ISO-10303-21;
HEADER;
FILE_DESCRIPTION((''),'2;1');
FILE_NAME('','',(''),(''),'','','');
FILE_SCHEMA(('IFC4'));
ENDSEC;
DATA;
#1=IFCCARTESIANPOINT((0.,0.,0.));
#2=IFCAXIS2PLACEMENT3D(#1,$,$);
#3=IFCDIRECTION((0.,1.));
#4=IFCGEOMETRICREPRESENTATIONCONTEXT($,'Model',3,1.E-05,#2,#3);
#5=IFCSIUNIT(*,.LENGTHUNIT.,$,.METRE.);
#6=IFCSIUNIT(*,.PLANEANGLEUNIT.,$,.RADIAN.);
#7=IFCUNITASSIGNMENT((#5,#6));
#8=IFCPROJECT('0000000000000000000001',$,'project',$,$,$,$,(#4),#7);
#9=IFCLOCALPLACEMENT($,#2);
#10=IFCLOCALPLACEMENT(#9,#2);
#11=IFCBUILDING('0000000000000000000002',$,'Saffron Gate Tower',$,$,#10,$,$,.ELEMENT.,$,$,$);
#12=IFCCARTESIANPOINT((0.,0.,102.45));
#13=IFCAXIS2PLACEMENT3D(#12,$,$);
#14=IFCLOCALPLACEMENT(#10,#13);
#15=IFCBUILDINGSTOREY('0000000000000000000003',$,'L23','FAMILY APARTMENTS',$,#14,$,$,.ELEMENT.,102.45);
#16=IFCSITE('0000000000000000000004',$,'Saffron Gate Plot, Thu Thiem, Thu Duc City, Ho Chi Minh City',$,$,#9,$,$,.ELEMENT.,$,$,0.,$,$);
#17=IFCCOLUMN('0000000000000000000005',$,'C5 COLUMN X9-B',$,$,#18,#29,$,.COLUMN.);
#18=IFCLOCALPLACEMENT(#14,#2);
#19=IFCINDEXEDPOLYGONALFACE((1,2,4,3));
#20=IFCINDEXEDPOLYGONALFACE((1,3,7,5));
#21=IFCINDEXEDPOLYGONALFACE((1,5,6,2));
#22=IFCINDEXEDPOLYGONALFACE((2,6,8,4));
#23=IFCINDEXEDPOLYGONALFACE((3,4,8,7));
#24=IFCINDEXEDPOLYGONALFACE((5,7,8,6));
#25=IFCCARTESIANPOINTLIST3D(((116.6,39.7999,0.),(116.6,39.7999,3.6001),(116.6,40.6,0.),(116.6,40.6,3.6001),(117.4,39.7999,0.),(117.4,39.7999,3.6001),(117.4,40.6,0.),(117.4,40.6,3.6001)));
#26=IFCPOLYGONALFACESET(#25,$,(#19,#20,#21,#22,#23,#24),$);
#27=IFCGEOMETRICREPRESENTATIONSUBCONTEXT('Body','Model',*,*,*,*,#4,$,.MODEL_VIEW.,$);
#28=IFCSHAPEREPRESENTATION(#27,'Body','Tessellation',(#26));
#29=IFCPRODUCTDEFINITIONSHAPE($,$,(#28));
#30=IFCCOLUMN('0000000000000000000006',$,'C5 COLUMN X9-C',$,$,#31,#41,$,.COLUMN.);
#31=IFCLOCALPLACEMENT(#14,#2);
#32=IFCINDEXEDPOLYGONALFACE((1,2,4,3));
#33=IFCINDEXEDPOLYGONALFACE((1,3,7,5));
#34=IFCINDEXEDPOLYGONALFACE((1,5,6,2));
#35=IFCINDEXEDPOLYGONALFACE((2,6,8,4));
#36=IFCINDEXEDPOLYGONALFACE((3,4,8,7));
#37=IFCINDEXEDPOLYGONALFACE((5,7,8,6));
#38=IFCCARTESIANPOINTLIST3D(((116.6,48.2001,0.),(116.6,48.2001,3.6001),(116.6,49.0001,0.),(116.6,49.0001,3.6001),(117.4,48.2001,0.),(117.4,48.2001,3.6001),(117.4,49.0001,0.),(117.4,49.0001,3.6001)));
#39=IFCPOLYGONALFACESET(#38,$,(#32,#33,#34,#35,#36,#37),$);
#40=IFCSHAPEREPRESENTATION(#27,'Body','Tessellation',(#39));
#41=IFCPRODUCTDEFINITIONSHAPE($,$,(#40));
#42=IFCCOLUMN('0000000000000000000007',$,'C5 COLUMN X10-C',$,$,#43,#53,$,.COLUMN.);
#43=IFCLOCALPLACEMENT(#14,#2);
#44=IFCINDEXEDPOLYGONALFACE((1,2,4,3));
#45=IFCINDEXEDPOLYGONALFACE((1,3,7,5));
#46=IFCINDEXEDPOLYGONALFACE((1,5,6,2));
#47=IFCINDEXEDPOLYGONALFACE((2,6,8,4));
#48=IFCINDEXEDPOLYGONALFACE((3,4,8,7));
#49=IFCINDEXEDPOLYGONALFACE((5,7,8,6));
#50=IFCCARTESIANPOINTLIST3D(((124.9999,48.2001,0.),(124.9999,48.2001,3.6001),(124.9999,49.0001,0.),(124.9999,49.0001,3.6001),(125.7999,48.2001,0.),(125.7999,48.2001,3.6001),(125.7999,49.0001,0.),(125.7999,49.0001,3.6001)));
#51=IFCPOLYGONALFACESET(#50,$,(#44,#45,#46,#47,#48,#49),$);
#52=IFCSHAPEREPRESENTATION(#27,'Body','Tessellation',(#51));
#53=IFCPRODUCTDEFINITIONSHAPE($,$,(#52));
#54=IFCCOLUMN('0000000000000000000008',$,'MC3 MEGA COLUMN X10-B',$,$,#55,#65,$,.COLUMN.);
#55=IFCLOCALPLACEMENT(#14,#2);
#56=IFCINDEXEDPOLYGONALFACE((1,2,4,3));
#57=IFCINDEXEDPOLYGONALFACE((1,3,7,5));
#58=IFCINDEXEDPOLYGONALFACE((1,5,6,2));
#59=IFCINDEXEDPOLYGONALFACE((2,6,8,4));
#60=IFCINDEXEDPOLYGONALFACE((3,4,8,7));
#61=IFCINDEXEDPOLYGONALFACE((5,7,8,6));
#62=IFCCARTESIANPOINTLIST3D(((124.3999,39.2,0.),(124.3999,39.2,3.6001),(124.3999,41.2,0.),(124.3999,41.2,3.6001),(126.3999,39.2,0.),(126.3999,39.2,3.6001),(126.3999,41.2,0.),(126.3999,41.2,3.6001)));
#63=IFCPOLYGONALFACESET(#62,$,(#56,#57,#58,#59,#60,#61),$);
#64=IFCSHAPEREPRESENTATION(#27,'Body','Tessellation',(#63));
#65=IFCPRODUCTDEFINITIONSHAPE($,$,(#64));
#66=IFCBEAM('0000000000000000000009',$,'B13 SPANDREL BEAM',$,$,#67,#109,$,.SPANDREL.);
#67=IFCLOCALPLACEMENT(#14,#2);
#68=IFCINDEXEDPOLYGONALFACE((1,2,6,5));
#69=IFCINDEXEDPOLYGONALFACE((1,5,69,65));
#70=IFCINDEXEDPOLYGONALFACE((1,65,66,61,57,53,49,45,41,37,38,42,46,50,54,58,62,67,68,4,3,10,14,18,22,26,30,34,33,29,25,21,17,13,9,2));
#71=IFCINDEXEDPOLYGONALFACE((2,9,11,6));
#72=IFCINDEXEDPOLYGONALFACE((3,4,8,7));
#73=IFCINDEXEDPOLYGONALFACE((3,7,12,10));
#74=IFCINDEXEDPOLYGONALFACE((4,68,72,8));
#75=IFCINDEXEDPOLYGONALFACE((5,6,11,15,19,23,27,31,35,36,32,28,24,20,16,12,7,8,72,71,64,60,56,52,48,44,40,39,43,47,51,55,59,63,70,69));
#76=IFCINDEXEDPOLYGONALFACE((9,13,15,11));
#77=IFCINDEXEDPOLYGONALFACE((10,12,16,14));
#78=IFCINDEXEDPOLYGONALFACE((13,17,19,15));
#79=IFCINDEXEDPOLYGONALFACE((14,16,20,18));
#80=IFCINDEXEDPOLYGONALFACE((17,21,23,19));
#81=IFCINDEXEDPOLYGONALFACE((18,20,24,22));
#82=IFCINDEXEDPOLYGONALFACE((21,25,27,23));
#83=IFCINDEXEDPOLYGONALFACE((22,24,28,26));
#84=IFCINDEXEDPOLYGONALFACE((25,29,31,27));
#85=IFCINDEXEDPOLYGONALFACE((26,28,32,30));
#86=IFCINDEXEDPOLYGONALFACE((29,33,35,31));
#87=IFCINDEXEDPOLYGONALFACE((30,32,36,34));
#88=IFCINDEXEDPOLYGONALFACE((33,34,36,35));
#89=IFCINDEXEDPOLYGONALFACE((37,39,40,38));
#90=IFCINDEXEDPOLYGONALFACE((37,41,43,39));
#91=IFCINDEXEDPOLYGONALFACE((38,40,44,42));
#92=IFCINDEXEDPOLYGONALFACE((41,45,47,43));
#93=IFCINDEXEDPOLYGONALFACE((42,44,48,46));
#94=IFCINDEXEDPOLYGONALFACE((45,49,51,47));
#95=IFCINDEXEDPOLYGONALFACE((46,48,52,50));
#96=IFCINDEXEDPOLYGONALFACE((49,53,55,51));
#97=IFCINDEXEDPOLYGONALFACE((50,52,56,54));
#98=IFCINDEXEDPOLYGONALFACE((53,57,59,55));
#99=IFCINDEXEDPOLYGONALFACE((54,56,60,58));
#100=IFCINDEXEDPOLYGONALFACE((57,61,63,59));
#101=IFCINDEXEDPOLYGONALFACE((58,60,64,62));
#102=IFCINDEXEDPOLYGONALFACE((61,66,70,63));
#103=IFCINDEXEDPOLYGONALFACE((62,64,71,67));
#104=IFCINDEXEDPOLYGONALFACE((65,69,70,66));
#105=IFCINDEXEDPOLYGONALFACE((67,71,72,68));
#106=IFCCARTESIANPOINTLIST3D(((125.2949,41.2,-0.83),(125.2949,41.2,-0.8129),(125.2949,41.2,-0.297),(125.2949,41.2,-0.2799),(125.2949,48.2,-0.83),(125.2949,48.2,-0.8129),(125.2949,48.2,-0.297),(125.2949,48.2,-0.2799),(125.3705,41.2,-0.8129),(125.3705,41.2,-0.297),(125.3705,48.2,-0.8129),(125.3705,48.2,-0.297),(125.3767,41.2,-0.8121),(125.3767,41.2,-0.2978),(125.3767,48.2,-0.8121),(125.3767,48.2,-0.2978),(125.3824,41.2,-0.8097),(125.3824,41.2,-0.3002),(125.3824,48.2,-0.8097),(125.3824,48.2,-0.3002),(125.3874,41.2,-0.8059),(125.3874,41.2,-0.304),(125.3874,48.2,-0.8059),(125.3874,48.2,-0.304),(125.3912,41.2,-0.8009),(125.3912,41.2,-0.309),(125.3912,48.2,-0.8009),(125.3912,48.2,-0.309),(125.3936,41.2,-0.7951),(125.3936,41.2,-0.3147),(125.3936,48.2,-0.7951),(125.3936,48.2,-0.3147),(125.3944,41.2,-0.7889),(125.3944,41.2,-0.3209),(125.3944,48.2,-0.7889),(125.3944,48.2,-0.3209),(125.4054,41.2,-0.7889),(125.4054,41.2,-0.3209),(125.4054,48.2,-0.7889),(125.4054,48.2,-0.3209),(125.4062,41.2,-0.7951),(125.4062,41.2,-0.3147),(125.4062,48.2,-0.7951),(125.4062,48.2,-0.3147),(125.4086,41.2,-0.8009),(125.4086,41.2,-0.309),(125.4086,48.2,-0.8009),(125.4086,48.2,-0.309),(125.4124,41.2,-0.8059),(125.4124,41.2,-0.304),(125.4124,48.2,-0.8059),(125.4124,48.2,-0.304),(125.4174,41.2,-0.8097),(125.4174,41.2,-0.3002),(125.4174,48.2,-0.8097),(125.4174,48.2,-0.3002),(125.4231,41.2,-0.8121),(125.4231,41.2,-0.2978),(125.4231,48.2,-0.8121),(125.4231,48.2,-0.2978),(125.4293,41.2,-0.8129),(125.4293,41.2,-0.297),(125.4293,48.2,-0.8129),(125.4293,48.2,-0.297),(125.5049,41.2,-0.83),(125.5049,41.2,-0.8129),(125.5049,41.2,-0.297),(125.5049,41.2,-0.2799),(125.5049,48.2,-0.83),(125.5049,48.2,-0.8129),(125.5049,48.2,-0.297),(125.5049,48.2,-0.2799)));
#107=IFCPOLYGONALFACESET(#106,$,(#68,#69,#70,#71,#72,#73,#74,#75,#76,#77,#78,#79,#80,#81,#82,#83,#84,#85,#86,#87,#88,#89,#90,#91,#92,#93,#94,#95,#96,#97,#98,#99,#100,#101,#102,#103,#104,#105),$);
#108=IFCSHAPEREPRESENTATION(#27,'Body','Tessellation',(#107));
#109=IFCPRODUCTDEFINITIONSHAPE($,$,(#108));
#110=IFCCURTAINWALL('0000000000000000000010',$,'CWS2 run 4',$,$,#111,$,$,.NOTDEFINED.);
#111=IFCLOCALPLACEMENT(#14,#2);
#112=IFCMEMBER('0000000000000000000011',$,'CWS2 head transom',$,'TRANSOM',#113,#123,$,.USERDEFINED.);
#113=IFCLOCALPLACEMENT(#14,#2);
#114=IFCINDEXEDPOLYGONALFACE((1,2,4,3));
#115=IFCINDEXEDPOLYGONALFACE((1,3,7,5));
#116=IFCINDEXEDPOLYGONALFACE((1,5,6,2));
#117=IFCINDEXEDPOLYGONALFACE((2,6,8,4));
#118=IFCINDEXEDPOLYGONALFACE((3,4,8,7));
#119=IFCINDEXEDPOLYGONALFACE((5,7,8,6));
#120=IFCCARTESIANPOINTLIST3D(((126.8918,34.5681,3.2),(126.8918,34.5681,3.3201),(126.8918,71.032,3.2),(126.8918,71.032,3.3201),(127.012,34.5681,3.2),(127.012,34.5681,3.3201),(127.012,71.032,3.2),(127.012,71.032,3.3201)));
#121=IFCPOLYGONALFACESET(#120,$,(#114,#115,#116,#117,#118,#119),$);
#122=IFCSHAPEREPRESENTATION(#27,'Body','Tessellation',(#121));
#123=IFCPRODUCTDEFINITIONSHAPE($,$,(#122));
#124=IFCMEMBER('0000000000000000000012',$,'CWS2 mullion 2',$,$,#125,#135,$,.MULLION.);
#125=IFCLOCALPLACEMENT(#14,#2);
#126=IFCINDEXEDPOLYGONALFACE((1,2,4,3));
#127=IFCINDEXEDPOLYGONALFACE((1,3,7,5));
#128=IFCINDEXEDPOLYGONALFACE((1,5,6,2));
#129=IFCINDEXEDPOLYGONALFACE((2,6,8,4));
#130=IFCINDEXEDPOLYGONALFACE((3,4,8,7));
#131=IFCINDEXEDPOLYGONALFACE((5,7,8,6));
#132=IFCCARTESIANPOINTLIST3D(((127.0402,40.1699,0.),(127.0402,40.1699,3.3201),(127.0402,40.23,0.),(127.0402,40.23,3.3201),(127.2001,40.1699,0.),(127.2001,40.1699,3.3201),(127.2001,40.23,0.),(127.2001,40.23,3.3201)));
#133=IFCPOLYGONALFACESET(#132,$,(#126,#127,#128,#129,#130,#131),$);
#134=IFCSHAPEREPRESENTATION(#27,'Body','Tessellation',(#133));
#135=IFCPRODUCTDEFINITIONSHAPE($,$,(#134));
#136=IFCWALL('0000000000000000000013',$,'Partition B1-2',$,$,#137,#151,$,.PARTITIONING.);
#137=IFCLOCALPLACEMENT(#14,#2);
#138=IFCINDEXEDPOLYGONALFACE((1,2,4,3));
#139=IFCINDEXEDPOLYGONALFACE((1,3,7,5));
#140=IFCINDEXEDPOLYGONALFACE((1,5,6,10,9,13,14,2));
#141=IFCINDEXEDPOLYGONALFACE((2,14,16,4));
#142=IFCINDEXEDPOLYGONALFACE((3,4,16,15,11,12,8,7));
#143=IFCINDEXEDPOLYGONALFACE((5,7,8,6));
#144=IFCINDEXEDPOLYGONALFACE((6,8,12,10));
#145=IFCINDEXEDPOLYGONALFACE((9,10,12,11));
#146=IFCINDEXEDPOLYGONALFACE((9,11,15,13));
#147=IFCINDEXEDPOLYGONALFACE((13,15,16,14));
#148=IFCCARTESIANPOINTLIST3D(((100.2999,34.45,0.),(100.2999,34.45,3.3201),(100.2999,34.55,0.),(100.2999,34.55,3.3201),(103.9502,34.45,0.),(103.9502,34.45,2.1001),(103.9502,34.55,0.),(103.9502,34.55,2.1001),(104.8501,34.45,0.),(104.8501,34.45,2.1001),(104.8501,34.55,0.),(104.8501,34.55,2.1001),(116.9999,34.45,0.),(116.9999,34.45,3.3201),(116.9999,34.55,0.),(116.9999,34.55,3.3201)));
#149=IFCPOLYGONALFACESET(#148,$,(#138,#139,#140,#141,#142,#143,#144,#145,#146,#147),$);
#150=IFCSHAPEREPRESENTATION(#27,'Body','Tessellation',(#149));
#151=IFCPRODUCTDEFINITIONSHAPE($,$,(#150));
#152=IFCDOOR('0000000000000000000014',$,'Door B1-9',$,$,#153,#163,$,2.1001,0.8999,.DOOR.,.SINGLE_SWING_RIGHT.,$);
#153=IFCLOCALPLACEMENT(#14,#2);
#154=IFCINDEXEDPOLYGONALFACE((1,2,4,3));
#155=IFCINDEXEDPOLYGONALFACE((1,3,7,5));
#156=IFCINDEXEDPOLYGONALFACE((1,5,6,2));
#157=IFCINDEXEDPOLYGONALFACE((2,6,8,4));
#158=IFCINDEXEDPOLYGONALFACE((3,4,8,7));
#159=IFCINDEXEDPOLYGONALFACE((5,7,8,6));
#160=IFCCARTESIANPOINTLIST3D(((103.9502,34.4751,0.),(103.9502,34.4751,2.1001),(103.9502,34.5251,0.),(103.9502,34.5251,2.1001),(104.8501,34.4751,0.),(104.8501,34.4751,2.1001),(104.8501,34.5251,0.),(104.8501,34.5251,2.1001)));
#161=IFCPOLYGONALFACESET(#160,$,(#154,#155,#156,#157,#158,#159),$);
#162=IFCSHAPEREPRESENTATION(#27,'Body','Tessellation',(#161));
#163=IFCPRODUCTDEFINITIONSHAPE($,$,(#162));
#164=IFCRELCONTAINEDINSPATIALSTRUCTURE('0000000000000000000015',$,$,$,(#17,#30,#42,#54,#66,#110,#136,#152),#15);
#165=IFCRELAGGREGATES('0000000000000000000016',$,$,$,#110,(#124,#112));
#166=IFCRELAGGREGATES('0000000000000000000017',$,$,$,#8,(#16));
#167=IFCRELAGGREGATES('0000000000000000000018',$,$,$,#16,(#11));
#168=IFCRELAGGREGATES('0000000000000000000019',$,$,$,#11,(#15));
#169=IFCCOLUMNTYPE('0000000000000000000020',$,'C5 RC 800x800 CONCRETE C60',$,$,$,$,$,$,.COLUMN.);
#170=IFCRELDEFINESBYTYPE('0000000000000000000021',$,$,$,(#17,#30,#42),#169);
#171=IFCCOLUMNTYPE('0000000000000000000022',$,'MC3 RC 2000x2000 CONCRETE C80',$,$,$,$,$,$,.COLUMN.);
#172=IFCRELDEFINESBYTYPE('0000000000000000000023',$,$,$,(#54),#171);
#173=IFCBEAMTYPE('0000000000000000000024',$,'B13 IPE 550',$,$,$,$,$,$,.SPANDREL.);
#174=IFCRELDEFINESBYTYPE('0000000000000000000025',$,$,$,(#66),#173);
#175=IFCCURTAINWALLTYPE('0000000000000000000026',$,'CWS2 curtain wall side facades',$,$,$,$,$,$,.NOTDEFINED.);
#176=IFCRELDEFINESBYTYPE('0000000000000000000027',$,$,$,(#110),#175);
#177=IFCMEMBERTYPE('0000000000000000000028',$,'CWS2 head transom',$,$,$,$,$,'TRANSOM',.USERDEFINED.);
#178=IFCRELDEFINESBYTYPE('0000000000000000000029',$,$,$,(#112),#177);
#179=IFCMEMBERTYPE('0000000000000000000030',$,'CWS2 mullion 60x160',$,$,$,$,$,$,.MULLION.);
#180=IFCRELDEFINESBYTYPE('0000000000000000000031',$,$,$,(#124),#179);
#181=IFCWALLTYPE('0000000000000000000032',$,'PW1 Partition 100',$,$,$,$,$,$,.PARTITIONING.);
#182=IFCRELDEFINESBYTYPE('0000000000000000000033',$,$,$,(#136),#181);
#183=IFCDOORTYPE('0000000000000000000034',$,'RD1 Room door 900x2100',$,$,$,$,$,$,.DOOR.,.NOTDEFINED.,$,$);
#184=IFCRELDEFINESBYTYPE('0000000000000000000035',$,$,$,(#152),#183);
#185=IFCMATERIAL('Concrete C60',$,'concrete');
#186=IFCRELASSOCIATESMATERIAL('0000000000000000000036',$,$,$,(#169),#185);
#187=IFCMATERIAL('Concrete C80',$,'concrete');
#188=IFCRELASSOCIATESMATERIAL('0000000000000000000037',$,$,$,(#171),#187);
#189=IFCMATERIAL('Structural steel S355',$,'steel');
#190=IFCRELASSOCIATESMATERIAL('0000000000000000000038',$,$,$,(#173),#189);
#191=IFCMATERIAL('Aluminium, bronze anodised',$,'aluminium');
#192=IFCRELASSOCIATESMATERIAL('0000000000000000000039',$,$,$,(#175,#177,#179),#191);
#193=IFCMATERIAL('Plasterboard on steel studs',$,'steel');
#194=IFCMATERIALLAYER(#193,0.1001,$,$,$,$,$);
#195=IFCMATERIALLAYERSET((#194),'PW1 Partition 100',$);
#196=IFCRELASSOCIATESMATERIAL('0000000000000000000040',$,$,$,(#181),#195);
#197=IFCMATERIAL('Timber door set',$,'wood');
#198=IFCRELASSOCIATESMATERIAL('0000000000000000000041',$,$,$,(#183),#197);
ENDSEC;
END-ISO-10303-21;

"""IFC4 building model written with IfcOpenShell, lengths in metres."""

from ifc_helpers import new_model, si_unit, direction, frame, frame_2d, origin, origin_2d, place, context, subcontext, project, spatial, rectangle, i_section, extrude, material, layer, layer_set, material_profile, profile_set, type_object, element, fill, aggregate, save


model = new_model("IFC4")

# Units and contexts
model_context = context("Model", 3, precision=1e-05, world=origin(), true_north=direction((0.0, 1.0)))
body_context = subcontext(model_context, "Body", "Model", "MODEL_VIEW")
ifc_project = project(units=[si_unit("LENGTHUNIT", "METRE"), si_unit("PLANEANGLEUNIT", "RADIAN")], contexts=[model_context])

# Site, building, storey
site_placement = place(None, origin())
site = spatial("IfcSite", under=ifc_project, at=site_placement, Name="Saffron Gate Plot, Thu Thiem, Thu Duc City, Ho Chi Minh City", CompositionType="ELEMENT", RefElevation=0.0)
building_placement = place(site_placement, origin())
building = spatial("IfcBuilding", under=site, at=building_placement, Name="Saffron Gate Tower", CompositionType="ELEMENT")
storey_placement = place(building_placement, frame((0.0, 0.0, 102.45)))
storey = spatial("IfcBuildingStorey", under=building, at=storey_placement, Name="L23", Description="FAMILY APARTMENTS", CompositionType="ELEMENT", Elevation=102.45)

# Columns
ifc_material_1 = material(Name="Concrete C60", Category="concrete")
ifc_material_profile_1 = material_profile(ifc_material_1, rectangle(XDim=0.8, YDim=0.8, at=origin_2d()))
ifc_profile_set_1 = profile_set([ifc_material_profile_1], Name="Concrete C60")
column_type_1 = type_object("IfcColumnType", Name="C5 RC 800x800 CONCRETE C60", PredefinedType="COLUMN", material=ifc_profile_set_1)
for number, where, z_axis, x_axis, name in (
    (1, (117.0, 40.2, 0.0), (0.0, 0.0, 1.0), (1.0, 0.0, 0.0), "C5 COLUMN X9-B"),
    (2, (117.0, 48.6001, 0.0), (0.0, 0.0, 1.0), (1.0, 0.0, 0.0), "C5 COLUMN X9-C"),
    (3, (125.3999, 48.6001, 0.0), (0.0, 0.0, 1.0), (1.0, 0.0, 0.0), "C5 COLUMN X10-C"),
):
    element("IfcColumn", number, at=place(storey_placement, frame(where, z_axis=z_axis, x_axis=x_axis)), inside=storey, type_object=column_type_1, Name=name, PredefinedType="COLUMN", context=body_context, shape_type="SweptSolid", body=[
        extrude(rectangle(XDim=0.8, YDim=0.8, at=origin_2d()), origin(), (0.0, 0.0, 1.0), 3.6001),
    ])
ifc_material_2 = material(Name="Concrete C80", Category="concrete")
ifc_material_profile_2 = material_profile(ifc_material_2, rectangle(XDim=2.0, YDim=2.0, at=origin_2d()))
ifc_profile_set_2 = profile_set([ifc_material_profile_2], Name="Concrete C80")
column_type_2 = type_object("IfcColumnType", Name="MC3 RC 2000x2000 CONCRETE C80", PredefinedType="COLUMN", material=ifc_profile_set_2)
column_placement = place(storey_placement, frame((125.3999, 40.2, 0.0), z_axis=(0.0, 0.0, 1.0), x_axis=(1.0, 0.0, 0.0)))
element("IfcColumn", 4, at=column_placement, inside=storey, type_object=column_type_2, Name="MC3 MEGA COLUMN X10-B", PredefinedType="COLUMN", context=body_context, shape_type="SweptSolid", body=[
    extrude(rectangle(XDim=2.0, YDim=2.0, at=origin_2d()), origin(), (0.0, 0.0, 1.0), 3.6001),
])

# Beam
ifc_material_3 = material(Name="Structural steel S355", Category="steel")
ifc_material_profile_3 = material_profile(ifc_material_3, i_section(OverallWidth=0.21, OverallDepth=0.55, WebThickness=0.011, FlangeThickness=0.0171, FilletRadius=0.0239, at=origin_2d()))
ifc_profile_set_3 = profile_set([ifc_material_profile_3], Name="Structural steel S355")
beam_type = type_object("IfcBeamType", Name="B13 IPE 550", PredefinedType="SPANDREL", material=ifc_profile_set_3)
beam_placement = place(storey_placement, frame((125.3999, 41.2, -0.5549), z_axis=(0.0, 1.0, 0.0), x_axis=(-1.0, 0.0, 0.0)))
element("IfcBeam", 5, at=beam_placement, inside=storey, type_object=beam_type, Name="B13 SPANDREL BEAM", PredefinedType="SPANDREL", context=body_context, shape_type="SweptSolid", body=[
    extrude(i_section(OverallWidth=0.21, OverallDepth=0.55, WebThickness=0.011, FlangeThickness=0.0171, FilletRadius=0.0239, at=origin_2d()), origin(), (0.0, 0.0, 1.0), 7.0),
])

# Curtain wall, members
ifc_material_4 = material(Name="Aluminium, bronze anodised", Category="aluminium")
curtain_wall_type = type_object("IfcCurtainWallType", Name="CWS2 curtain wall side facades", PredefinedType="NOTDEFINED", material=ifc_material_4)
curtain_wall_placement = place(storey_placement, origin())
curtain_wall = element("IfcCurtainWall", 6, at=curtain_wall_placement, inside=storey, type_object=curtain_wall_type, Name="CWS2 run 4", PredefinedType="NOTDEFINED")
ifc_material_profile_4 = material_profile(ifc_material_4, rectangle(XDim=0.1201, YDim=0.1201, at=origin_2d()))
ifc_profile_set_4 = profile_set([ifc_material_profile_4], Name="Aluminium, bronze anodised")
member_type_1 = type_object("IfcMemberType", Name="CWS2 head transom", ElementType="TRANSOM", PredefinedType="USERDEFINED", material=ifc_profile_set_4)
member_1_placement = place(storey_placement, frame((126.9519, 34.5681, 3.26), z_axis=(0.0, 1.0, 0.0), x_axis=(-1.0, 0.0, 0.0)))
member_1 = element("IfcMember", 7, at=member_1_placement, type_object=member_type_1, Name="CWS2 head transom", ObjectType="TRANSOM", PredefinedType="USERDEFINED", context=body_context, shape_type="SweptSolid", body=[
    extrude(rectangle(XDim=0.1201, YDim=0.1201, at=origin_2d()), origin(), (0.0, 0.0, 1.0), 36.4639),
])
ifc_material_profile_5 = material_profile(ifc_material_4, rectangle(XDim=0.1599, YDim=0.0601, at=origin_2d()))
ifc_profile_set_5 = profile_set([ifc_material_profile_5], Name="Aluminium, bronze anodised")
member_type_2 = type_object("IfcMemberType", Name="CWS2 mullion 60x160", PredefinedType="MULLION", material=ifc_profile_set_5)
member_2_placement = place(storey_placement, frame((127.1201, 40.2, 0.0), z_axis=(0.0, 0.0, 1.0), x_axis=(-1.0, 0.0, 0.0)))
member_2 = element("IfcMember", 8, at=member_2_placement, type_object=member_type_2, Name="CWS2 mullion 2", PredefinedType="MULLION", context=body_context, shape_type="SweptSolid", body=[
    extrude(rectangle(XDim=0.1599, YDim=0.0601, at=origin_2d()), origin(), (0.0, 0.0, 1.0), 3.3201),
])
aggregate(curtain_wall, [member_2, member_1])

# Wall, opening, door
ifc_material_5 = material(Name="Plasterboard on steel studs", Category="steel")
ifc_layer_1 = layer(ifc_material_5, 0.1001)
ifc_layer_set_1 = layer_set([ifc_layer_1], Name="PW1 Partition 100")
wall_type_1 = type_object("IfcWallType", Name="PW1 Partition 100", PredefinedType="PARTITIONING", material=ifc_layer_set_1)
wall_1_placement = place(storey_placement, frame((117.0, 34.5, 0.0), z_axis=(0.0, 0.0, 1.0), x_axis=(-1.0, 0.0, 0.0)))
wall_1 = element("IfcWall", 9, at=wall_1_placement, inside=storey, type_object=wall_type_1, Name="Partition B1-2", PredefinedType="PARTITIONING", context=body_context, shape_type="SweptSolid", body=[
    extrude(rectangle(XDim=16.7, YDim=0.1001, at=frame_2d((8.3501, 0.0))), origin(), (0.0, 0.0, 1.0), 3.3201),
])
opening_1_placement = place(wall_1_placement, frame((12.1499, 0.0, 0.0)))
opening_1 = element("IfcOpeningElement", 10, at=opening_1_placement, cuts=wall_1, PredefinedType="OPENING", context=body_context, shape_type="SweptSolid", body=[
    extrude(rectangle(XDim=0.8999, YDim=2.1001, at=frame_2d((0.45, 1.05))), frame((0.0, 0.0601, 0.0), z_axis=(0.0, -1.0, 0.0), x_axis=(1.0, 0.0, 0.0)), (0.0, 0.0, 1.0), 0.1201),
])
ifc_material_6 = material(Name="Timber door set", Category="wood")
door_type_1 = type_object("IfcDoorType", Name="RD1 Room door 900x2100", OperationType="NOTDEFINED", PredefinedType="DOOR", material=ifc_material_6)
door_1_placement = place(opening_1_placement, origin())
door_1 = element("IfcDoor", 11, at=door_1_placement, inside=storey, type_object=door_type_1, Name="Door B1-9", OperationType="SINGLE_SWING_RIGHT", OverallHeight=2.1001, OverallWidth=0.8999, PredefinedType="DOOR", context=body_context, shape_type="SweptSolid", body=[
    extrude(rectangle(XDim=0.8999, YDim=2.1001, at=frame_2d((0.45, 1.05))), frame((0.0, 0.0249, 0.0), z_axis=(0.0, -1.0, 0.0), x_axis=(1.0, 0.0, 0.0)), (0.0, 0.0, 1.0), 0.05),
])
fill(opening_1, door_1)

save(model, "model.ifc")
